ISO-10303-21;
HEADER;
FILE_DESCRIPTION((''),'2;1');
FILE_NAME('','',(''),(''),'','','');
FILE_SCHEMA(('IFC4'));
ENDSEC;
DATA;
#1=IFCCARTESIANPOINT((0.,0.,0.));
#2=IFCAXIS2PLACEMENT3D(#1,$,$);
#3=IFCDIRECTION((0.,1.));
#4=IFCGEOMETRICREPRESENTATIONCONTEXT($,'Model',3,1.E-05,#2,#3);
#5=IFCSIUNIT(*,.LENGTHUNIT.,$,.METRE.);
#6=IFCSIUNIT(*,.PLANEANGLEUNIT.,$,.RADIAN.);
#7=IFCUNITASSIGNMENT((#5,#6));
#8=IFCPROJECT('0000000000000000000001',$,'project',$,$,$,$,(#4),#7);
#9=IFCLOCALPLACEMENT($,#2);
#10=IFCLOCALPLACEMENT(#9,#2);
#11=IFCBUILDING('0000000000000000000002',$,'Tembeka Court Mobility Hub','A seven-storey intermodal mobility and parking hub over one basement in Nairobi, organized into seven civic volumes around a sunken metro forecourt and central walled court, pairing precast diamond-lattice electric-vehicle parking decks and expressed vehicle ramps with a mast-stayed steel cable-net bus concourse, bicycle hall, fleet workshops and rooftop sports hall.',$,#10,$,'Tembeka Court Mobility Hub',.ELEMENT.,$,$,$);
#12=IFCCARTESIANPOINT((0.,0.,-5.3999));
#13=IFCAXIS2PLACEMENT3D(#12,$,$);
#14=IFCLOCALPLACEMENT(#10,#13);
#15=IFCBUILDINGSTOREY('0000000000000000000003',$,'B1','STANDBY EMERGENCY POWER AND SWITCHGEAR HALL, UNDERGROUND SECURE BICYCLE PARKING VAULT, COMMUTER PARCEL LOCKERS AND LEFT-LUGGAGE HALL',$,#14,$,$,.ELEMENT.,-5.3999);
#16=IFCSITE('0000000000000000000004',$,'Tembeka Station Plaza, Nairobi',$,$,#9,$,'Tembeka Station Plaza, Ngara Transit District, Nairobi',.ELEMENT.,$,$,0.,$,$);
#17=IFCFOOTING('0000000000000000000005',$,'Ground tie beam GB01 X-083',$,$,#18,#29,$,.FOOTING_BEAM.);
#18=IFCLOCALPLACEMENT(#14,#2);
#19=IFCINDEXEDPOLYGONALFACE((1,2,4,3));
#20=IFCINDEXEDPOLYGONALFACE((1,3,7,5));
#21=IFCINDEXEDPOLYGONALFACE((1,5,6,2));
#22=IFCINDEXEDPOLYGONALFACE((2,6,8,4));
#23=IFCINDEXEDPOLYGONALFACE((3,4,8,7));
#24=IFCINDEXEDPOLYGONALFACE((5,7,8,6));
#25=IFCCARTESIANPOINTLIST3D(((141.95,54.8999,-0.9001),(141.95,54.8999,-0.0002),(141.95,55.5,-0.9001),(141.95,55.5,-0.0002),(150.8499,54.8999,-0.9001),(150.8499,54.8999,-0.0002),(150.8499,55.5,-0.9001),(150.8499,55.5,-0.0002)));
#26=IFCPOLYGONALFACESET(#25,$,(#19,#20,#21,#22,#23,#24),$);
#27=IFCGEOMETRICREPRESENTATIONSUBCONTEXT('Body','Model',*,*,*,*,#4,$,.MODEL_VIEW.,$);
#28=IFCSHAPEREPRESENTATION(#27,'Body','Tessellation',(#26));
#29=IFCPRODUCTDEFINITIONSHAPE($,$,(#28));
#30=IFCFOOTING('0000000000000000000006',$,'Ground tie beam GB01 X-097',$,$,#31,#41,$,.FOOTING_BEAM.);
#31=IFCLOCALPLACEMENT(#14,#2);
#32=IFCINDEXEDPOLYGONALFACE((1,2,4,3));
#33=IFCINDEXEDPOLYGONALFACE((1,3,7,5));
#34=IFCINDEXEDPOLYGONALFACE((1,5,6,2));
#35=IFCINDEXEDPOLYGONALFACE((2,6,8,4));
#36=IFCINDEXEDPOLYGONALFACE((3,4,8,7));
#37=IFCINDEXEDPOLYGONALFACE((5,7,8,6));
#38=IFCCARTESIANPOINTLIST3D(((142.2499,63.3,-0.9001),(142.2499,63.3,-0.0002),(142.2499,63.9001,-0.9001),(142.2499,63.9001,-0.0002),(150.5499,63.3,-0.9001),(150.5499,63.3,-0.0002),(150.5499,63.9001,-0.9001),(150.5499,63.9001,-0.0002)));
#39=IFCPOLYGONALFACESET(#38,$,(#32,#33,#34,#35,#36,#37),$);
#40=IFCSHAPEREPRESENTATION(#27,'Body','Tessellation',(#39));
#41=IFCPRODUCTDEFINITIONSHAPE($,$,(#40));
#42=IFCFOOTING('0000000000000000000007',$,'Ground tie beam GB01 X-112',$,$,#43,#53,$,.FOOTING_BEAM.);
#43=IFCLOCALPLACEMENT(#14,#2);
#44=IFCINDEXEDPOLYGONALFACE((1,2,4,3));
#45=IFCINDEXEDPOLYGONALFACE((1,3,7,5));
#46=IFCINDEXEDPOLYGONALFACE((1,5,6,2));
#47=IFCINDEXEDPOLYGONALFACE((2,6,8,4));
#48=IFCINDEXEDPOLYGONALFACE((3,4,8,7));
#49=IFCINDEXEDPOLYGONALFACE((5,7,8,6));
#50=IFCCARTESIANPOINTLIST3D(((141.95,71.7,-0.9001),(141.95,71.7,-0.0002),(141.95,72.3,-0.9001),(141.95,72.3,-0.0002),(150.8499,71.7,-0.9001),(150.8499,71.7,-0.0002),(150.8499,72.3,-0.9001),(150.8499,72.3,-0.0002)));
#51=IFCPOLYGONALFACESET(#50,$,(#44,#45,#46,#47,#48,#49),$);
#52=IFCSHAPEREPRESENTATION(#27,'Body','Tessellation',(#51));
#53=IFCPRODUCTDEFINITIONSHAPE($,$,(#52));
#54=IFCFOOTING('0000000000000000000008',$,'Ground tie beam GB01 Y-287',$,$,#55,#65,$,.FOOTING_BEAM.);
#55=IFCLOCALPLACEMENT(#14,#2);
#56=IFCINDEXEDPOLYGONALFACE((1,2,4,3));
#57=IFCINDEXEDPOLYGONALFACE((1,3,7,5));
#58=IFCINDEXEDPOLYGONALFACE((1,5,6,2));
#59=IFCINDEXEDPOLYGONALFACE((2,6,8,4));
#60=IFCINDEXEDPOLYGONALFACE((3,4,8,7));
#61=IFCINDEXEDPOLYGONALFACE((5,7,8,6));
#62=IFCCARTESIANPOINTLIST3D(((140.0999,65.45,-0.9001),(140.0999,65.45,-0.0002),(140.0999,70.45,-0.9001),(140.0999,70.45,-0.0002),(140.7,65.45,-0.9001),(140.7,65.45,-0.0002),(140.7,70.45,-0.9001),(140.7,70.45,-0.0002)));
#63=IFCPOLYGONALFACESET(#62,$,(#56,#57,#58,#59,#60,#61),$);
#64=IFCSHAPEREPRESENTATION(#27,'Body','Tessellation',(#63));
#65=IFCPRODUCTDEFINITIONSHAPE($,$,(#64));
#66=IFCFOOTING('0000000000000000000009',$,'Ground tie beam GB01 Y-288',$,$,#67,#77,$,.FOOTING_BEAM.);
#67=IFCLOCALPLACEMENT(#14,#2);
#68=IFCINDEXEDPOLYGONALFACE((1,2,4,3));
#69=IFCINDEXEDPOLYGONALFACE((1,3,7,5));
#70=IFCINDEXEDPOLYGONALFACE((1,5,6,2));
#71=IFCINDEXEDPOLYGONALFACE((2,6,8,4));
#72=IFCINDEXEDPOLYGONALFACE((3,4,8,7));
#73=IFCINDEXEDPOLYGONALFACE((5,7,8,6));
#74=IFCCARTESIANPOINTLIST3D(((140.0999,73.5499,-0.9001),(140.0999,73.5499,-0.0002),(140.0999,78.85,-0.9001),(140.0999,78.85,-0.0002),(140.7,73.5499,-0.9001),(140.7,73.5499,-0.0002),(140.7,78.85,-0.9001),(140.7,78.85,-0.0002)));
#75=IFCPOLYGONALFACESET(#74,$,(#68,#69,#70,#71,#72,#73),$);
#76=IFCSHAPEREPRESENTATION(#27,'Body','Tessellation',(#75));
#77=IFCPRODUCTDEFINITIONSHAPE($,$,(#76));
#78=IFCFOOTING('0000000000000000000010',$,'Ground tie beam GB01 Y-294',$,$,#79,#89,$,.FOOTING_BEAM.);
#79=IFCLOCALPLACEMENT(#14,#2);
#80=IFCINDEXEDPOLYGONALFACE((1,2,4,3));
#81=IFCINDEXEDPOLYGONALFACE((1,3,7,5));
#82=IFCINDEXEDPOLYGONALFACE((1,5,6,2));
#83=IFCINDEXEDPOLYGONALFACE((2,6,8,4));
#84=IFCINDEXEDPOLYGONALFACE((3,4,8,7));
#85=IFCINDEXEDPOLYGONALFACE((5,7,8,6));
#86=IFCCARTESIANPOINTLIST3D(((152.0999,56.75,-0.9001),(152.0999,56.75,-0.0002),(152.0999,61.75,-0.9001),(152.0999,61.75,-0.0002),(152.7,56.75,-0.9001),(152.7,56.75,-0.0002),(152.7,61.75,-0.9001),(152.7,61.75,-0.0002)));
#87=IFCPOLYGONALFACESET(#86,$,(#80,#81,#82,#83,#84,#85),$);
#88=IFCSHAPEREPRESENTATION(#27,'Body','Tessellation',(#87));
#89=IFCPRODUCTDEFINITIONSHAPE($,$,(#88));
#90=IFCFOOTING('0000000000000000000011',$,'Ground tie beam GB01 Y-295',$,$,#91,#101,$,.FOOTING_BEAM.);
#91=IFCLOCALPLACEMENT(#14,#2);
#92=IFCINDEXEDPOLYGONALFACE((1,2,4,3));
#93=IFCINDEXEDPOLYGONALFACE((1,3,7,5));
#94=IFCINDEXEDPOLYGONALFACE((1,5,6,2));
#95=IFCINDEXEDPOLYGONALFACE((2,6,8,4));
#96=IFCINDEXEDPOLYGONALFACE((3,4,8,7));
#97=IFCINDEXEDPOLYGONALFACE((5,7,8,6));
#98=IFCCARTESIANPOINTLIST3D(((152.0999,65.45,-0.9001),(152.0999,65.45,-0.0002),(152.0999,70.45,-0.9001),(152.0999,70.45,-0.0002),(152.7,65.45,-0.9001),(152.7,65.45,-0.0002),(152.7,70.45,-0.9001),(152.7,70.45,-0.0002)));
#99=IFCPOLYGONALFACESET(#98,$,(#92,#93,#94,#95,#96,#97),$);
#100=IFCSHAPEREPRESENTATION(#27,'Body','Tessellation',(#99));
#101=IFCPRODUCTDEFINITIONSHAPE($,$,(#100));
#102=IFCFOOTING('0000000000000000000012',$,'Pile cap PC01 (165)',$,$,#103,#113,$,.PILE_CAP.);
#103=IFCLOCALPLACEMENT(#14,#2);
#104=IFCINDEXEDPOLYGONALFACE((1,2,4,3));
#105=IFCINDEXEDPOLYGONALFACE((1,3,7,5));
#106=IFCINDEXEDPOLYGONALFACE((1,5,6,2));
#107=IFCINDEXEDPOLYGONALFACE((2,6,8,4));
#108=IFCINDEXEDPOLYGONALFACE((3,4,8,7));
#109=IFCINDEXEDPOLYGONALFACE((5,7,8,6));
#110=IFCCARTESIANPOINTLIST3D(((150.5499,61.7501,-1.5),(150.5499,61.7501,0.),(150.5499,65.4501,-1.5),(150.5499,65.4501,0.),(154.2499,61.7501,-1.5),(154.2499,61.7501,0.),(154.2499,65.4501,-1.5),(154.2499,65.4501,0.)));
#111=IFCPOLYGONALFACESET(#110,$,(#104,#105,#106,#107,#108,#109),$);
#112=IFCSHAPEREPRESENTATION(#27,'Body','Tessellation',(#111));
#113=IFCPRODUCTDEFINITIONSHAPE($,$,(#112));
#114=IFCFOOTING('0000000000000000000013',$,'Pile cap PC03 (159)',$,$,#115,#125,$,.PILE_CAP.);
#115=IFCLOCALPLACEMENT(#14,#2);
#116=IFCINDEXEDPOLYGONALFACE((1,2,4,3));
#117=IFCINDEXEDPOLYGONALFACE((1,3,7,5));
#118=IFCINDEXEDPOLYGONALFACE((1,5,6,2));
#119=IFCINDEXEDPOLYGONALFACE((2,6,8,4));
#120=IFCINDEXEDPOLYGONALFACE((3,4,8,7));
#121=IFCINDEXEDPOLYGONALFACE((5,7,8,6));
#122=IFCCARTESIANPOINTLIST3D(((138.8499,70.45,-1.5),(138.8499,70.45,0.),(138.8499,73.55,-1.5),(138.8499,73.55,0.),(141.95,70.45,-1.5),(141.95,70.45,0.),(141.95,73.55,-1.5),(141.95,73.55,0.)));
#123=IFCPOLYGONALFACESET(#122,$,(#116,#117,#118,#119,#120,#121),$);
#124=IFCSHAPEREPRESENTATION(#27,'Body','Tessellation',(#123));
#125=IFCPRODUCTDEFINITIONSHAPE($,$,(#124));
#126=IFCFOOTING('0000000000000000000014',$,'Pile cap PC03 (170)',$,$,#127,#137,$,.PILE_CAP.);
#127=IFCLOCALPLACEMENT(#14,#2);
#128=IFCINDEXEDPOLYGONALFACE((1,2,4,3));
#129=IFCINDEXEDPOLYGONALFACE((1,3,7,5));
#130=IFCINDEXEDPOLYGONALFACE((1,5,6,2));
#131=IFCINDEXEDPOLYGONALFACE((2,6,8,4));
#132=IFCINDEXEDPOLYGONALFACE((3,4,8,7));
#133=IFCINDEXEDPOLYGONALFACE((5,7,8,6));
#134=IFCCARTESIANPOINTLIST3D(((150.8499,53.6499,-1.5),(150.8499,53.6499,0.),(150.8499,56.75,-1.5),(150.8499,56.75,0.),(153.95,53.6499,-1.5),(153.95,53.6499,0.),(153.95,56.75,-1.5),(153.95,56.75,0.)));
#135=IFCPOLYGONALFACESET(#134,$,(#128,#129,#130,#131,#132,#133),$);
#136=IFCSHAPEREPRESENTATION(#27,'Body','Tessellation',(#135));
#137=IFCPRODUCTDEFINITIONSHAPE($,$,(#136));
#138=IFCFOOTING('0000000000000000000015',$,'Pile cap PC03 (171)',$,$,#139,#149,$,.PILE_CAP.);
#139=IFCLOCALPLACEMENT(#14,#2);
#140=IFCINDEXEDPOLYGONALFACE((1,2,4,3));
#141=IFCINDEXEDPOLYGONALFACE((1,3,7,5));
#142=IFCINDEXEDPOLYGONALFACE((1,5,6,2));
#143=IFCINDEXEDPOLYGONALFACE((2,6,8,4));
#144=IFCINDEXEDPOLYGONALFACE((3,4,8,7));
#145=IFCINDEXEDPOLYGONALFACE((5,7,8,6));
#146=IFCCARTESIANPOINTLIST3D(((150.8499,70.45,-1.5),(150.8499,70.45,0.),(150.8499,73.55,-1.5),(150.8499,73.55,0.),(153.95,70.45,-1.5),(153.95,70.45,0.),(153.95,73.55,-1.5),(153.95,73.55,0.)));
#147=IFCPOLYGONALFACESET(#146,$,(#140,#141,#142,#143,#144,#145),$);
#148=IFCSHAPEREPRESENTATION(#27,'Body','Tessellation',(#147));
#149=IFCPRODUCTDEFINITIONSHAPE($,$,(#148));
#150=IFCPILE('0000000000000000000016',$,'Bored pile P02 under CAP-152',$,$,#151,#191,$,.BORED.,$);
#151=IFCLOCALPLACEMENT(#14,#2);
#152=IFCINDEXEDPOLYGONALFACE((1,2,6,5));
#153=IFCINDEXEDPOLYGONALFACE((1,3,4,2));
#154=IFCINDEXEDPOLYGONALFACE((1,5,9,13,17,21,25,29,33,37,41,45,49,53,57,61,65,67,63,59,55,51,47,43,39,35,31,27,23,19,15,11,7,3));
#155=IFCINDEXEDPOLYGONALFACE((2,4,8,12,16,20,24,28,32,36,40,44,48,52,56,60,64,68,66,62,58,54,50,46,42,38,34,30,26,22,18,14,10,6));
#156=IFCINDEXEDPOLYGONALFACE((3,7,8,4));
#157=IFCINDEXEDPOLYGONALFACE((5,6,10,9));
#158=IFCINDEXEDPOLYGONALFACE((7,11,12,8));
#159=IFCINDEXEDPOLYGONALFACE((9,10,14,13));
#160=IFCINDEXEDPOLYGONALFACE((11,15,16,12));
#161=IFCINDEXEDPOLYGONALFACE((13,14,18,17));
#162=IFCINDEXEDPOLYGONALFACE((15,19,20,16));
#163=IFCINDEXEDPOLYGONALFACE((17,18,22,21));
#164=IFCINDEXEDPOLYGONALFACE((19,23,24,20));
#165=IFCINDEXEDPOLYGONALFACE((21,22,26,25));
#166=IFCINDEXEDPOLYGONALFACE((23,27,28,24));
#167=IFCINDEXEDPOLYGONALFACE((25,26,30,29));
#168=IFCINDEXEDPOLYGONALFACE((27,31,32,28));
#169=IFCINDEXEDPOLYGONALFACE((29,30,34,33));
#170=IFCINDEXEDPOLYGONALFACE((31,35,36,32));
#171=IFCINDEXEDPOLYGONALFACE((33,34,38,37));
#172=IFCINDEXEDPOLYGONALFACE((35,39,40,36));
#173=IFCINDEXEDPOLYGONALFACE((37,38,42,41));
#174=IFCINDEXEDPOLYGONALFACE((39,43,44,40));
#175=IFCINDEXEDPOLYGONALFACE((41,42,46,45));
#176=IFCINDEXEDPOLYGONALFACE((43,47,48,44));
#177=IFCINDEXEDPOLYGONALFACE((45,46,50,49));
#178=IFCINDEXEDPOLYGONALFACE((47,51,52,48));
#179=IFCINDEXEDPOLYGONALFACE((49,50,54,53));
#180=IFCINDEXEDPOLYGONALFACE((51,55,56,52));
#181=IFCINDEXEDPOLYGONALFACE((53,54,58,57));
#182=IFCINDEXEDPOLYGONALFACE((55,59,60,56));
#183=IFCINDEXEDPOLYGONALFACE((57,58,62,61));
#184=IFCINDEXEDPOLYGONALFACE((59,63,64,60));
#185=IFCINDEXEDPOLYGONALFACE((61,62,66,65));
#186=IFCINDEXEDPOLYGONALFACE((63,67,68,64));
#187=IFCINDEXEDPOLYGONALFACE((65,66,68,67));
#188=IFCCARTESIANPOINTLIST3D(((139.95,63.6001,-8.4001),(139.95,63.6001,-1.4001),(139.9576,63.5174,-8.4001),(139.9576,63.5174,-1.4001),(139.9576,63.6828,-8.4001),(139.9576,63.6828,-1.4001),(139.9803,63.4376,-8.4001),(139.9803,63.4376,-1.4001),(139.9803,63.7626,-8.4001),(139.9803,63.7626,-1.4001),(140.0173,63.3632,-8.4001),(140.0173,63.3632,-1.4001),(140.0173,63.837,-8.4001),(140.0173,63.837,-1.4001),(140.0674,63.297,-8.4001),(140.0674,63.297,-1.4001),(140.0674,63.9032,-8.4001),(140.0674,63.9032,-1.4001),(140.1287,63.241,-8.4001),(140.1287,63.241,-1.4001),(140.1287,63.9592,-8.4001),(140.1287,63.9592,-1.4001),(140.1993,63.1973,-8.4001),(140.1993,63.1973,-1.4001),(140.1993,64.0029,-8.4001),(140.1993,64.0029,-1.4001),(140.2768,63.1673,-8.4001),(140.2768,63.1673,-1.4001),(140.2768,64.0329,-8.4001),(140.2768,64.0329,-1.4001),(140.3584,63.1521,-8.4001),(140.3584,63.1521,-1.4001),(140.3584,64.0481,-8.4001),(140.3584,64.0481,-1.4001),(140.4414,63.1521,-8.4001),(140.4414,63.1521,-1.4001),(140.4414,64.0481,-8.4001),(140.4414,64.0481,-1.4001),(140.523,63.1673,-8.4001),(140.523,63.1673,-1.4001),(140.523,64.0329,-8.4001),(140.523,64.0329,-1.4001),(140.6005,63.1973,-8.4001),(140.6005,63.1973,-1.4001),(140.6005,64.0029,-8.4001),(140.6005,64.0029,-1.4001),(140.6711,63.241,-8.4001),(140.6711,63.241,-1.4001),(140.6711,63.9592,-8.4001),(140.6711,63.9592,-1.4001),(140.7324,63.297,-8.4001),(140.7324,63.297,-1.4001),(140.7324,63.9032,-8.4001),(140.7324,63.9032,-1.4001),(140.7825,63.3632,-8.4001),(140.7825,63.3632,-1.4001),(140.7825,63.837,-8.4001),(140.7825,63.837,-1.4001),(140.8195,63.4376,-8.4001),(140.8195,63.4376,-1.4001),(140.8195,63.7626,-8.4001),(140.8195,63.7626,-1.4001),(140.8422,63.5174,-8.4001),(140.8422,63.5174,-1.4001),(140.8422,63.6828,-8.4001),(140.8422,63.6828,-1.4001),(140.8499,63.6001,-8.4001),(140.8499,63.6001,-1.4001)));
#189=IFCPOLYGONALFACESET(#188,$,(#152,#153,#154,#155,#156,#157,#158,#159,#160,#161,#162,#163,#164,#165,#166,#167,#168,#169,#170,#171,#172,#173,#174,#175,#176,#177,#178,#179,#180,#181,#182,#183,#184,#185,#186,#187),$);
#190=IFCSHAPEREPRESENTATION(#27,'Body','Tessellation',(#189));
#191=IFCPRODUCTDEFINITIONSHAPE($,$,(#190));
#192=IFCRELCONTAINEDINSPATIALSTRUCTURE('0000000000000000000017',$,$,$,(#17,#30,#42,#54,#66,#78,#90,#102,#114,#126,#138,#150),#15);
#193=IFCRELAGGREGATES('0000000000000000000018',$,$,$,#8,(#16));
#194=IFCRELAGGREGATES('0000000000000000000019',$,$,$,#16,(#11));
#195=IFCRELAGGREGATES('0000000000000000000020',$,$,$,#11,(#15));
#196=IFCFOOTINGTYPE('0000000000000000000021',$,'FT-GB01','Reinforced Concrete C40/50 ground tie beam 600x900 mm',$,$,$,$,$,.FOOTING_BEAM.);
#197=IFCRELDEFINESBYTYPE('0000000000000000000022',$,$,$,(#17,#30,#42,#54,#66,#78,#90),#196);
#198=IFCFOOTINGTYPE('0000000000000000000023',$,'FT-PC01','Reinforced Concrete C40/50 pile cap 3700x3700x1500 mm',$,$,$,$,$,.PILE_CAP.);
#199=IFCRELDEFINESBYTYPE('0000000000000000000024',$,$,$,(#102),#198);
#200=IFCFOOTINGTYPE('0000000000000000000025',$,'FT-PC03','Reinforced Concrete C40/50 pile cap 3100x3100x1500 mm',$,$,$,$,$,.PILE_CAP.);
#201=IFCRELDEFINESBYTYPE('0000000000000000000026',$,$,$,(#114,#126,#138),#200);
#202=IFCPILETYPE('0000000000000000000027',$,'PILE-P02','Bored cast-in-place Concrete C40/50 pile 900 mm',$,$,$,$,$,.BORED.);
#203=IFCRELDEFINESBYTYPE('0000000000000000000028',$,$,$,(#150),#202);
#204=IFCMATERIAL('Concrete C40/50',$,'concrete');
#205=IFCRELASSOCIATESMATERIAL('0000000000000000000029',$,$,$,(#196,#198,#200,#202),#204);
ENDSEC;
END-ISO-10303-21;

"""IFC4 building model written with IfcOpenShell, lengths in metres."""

from ifc_helpers import new_model, si_unit, direction, frame, origin, origin_2d, place, context, subcontext, project, spatial, rectangle, circle, extrude, material, material_profile, profile_set, type_object, element, save


model = new_model("IFC4")

# Units and contexts
model_context = context("Model", 3, precision=1e-05, world=origin(), true_north=direction((0.0, 1.0)))
body_context = subcontext(model_context, "Body", "Model", "MODEL_VIEW")
ifc_project = project(units=[si_unit("LENGTHUNIT", "METRE"), si_unit("PLANEANGLEUNIT", "RADIAN")], contexts=[model_context])

# Site, building, storey
site_placement = place(None, origin())
site = spatial("IfcSite", under=ifc_project, at=site_placement, Name="Tembeka Station Plaza, Nairobi", LongName="Tembeka Station Plaza, Ngara Transit District, Nairobi", CompositionType="ELEMENT", RefElevation=0.0)
building_placement = place(site_placement, origin())
building = spatial("IfcBuilding", under=site, at=building_placement, Name="Tembeka Court Mobility Hub", Description="A seven-storey intermodal mobility and parking hub over one basement in Nairobi, organized into seven civic volumes around a sunken metro forecourt and central walled court, pairing precast diamond-lattice electric-vehicle parking decks and expressed vehicle ramps with a mast-stayed steel cable-net bus concourse, bicycle hall, fleet workshops and rooftop sports hall.", LongName="Tembeka Court Mobility Hub", CompositionType="ELEMENT")
storey_placement = place(building_placement, frame((0.0, 0.0, -5.3999)))
storey = spatial("IfcBuildingStorey", under=building, at=storey_placement, Name="B1", Description="STANDBY EMERGENCY POWER AND SWITCHGEAR HALL, UNDERGROUND SECURE BICYCLE PARKING VAULT, COMMUTER PARCEL LOCKERS AND LEFT-LUGGAGE HALL", CompositionType="ELEMENT", Elevation=-5.3999)

# Footings
ifc_material_1 = material(Name="Concrete C40/50", Category="concrete")
footing_type_1 = type_object("IfcFootingType", Name="FT-GB01", Description="Reinforced Concrete C40/50 ground tie beam 600x900 mm", PredefinedType="FOOTING_BEAM", material=ifc_material_1)
footing_1_placement = place(storey_placement, frame((146.3999, 55.2, -0.9001), z_axis=(0.0, 0.0, 1.0), x_axis=(1.0, 0.0, 0.0)))
element("IfcFooting", 1, at=footing_1_placement, inside=storey, type_object=footing_type_1, Name="Ground tie beam GB01 X-083", PredefinedType="FOOTING_BEAM", context=body_context, shape_type="SweptSolid", body=[
    extrude(rectangle(XDim=8.8999, YDim=0.6001, at=origin_2d()), origin(), (0.0, 0.0, 1.0), 0.8999),
])
footing_2_placement = place(storey_placement, frame((146.3999, 63.6001, -0.9001), z_axis=(0.0, 0.0, 1.0), x_axis=(1.0, 0.0, 0.0)))
element("IfcFooting", 2, at=footing_2_placement, inside=storey, type_object=footing_type_1, Name="Ground tie beam GB01 X-097", PredefinedType="FOOTING_BEAM", context=body_context, shape_type="SweptSolid", body=[
    extrude(rectangle(XDim=8.3, YDim=0.6001, at=origin_2d()), origin(), (0.0, 0.0, 1.0), 0.8999),
])
footing_3_placement = place(storey_placement, frame((146.3999, 72.0, -0.9001), z_axis=(0.0, 0.0, 1.0), x_axis=(1.0, 0.0, 0.0)))
element("IfcFooting", 3, at=footing_3_placement, inside=storey, type_object=footing_type_1, Name="Ground tie beam GB01 X-112", PredefinedType="FOOTING_BEAM", context=body_context, shape_type="SweptSolid", body=[
    extrude(rectangle(XDim=8.8999, YDim=0.6001, at=origin_2d()), origin(), (0.0, 0.0, 1.0), 0.8999),
])
footing_4_placement = place(storey_placement, frame((140.3999, 67.95, -0.9001), z_axis=(0.0, 0.0, 1.0), x_axis=(0.0, 1.0, 0.0)))
element("IfcFooting", 4, at=footing_4_placement, inside=storey, type_object=footing_type_1, Name="Ground tie beam GB01 Y-287", PredefinedType="FOOTING_BEAM", context=body_context, shape_type="SweptSolid", body=[
    extrude(rectangle(XDim=5.0, YDim=0.6001, at=origin_2d()), origin(), (0.0, 0.0, 1.0), 0.8999),
])
footing_5_placement = place(storey_placement, frame((140.3999, 76.2, -0.9001), z_axis=(0.0, 0.0, 1.0), x_axis=(0.0, 1.0, 0.0)))
element("IfcFooting", 5, at=footing_5_placement, inside=storey, type_object=footing_type_1, Name="Ground tie beam GB01 Y-288", PredefinedType="FOOTING_BEAM", context=body_context, shape_type="SweptSolid", body=[
    extrude(rectangle(XDim=5.3, YDim=0.6001, at=origin_2d()), origin(), (0.0, 0.0, 1.0), 0.8999),
])
for number, where, z_axis, x_axis, name in (
    (6, (152.3999, 59.25, -0.9001), (0.0, 0.0, 1.0), (0.0, 1.0, 0.0), "Ground tie beam GB01 Y-294"),
    (7, (152.3999, 67.95, -0.9001), (0.0, 0.0, 1.0), (0.0, 1.0, 0.0), "Ground tie beam GB01 Y-295"),
):
    element("IfcFooting", number, at=place(storey_placement, frame(where, z_axis=z_axis, x_axis=x_axis)), inside=storey, type_object=footing_type_1, Name=name, PredefinedType="FOOTING_BEAM", context=body_context, shape_type="SweptSolid", body=[
        extrude(rectangle(XDim=5.0, YDim=0.6001, at=origin_2d()), origin(), (0.0, 0.0, 1.0), 0.8999),
    ])
footing_type_2 = type_object("IfcFootingType", Name="FT-PC01", Description="Reinforced Concrete C40/50 pile cap 3700x3700x1500 mm", PredefinedType="PILE_CAP", material=ifc_material_1)
footing_6_placement = place(storey_placement, frame((152.3999, 63.6001, -1.5), z_axis=(0.0, 0.0, 1.0), x_axis=(1.0, 0.0, 0.0)))
element("IfcFooting", 8, at=footing_6_placement, inside=storey, type_object=footing_type_2, Name="Pile cap PC01 (165)", PredefinedType="PILE_CAP", context=body_context, shape_type="SweptSolid", body=[
    extrude(rectangle(XDim=3.7, YDim=3.7, at=origin_2d()), origin(), (0.0, 0.0, 1.0), 1.5),
])
footing_type_3 = type_object("IfcFootingType", Name="FT-PC03", Description="Reinforced Concrete C40/50 pile cap 3100x3100x1500 mm", PredefinedType="PILE_CAP", material=ifc_material_1)
for number, where, z_axis, x_axis, name in (
    (9, (140.3999, 72.0, -1.5), (0.0, 0.0, 1.0), (1.0, 0.0, 0.0), "Pile cap PC03 (159)"),
    (10, (152.3999, 55.2, -1.5), (0.0, 0.0, 1.0), (1.0, 0.0, 0.0), "Pile cap PC03 (170)"),
    (11, (152.3999, 72.0, -1.5), (0.0, 0.0, 1.0), (1.0, 0.0, 0.0), "Pile cap PC03 (171)"),
):
    element("IfcFooting", number, at=place(storey_placement, frame(where, z_axis=z_axis, x_axis=x_axis)), inside=storey, type_object=footing_type_3, Name=name, PredefinedType="PILE_CAP", context=body_context, shape_type="SweptSolid", body=[
        extrude(rectangle(XDim=3.1001, YDim=3.1001, at=origin_2d()), origin(), (0.0, 0.0, 1.0), 1.5),
    ])

# Pile
ifc_material_profile_1 = material_profile(ifc_material_1, circle(Radius=0.45, at=origin_2d()), Name="PILE D900")
ifc_profile_set_1 = profile_set([ifc_material_profile_1], Name="Concrete C40/50")
pile_type = type_object("IfcPileType", Name="PILE-P02", Description="Bored cast-in-place Concrete C40/50 pile 900 mm", PredefinedType="BORED", material=ifc_profile_set_1)
for number, where, z_axis, x_axis, name in (
    (12, (140.3999, 63.6001, -1.4001), (0.0, 0.0, -1.0), (1.0, 0.0, 0.0), "Bored pile P02 under CAP-152"),
):
    element("IfcPile", number, at=place(storey_placement, frame(where, z_axis=z_axis, x_axis=x_axis)), inside=storey, type_object=pile_type, Name=name, PredefinedType="BORED", context=body_context, shape_type="SweptSolid", body=[
        extrude(circle(Radius=0.45, at=origin_2d()), origin(), (0.0, 0.0, 1.0), 7.0),
    ])

save(model, "model.ifc")
